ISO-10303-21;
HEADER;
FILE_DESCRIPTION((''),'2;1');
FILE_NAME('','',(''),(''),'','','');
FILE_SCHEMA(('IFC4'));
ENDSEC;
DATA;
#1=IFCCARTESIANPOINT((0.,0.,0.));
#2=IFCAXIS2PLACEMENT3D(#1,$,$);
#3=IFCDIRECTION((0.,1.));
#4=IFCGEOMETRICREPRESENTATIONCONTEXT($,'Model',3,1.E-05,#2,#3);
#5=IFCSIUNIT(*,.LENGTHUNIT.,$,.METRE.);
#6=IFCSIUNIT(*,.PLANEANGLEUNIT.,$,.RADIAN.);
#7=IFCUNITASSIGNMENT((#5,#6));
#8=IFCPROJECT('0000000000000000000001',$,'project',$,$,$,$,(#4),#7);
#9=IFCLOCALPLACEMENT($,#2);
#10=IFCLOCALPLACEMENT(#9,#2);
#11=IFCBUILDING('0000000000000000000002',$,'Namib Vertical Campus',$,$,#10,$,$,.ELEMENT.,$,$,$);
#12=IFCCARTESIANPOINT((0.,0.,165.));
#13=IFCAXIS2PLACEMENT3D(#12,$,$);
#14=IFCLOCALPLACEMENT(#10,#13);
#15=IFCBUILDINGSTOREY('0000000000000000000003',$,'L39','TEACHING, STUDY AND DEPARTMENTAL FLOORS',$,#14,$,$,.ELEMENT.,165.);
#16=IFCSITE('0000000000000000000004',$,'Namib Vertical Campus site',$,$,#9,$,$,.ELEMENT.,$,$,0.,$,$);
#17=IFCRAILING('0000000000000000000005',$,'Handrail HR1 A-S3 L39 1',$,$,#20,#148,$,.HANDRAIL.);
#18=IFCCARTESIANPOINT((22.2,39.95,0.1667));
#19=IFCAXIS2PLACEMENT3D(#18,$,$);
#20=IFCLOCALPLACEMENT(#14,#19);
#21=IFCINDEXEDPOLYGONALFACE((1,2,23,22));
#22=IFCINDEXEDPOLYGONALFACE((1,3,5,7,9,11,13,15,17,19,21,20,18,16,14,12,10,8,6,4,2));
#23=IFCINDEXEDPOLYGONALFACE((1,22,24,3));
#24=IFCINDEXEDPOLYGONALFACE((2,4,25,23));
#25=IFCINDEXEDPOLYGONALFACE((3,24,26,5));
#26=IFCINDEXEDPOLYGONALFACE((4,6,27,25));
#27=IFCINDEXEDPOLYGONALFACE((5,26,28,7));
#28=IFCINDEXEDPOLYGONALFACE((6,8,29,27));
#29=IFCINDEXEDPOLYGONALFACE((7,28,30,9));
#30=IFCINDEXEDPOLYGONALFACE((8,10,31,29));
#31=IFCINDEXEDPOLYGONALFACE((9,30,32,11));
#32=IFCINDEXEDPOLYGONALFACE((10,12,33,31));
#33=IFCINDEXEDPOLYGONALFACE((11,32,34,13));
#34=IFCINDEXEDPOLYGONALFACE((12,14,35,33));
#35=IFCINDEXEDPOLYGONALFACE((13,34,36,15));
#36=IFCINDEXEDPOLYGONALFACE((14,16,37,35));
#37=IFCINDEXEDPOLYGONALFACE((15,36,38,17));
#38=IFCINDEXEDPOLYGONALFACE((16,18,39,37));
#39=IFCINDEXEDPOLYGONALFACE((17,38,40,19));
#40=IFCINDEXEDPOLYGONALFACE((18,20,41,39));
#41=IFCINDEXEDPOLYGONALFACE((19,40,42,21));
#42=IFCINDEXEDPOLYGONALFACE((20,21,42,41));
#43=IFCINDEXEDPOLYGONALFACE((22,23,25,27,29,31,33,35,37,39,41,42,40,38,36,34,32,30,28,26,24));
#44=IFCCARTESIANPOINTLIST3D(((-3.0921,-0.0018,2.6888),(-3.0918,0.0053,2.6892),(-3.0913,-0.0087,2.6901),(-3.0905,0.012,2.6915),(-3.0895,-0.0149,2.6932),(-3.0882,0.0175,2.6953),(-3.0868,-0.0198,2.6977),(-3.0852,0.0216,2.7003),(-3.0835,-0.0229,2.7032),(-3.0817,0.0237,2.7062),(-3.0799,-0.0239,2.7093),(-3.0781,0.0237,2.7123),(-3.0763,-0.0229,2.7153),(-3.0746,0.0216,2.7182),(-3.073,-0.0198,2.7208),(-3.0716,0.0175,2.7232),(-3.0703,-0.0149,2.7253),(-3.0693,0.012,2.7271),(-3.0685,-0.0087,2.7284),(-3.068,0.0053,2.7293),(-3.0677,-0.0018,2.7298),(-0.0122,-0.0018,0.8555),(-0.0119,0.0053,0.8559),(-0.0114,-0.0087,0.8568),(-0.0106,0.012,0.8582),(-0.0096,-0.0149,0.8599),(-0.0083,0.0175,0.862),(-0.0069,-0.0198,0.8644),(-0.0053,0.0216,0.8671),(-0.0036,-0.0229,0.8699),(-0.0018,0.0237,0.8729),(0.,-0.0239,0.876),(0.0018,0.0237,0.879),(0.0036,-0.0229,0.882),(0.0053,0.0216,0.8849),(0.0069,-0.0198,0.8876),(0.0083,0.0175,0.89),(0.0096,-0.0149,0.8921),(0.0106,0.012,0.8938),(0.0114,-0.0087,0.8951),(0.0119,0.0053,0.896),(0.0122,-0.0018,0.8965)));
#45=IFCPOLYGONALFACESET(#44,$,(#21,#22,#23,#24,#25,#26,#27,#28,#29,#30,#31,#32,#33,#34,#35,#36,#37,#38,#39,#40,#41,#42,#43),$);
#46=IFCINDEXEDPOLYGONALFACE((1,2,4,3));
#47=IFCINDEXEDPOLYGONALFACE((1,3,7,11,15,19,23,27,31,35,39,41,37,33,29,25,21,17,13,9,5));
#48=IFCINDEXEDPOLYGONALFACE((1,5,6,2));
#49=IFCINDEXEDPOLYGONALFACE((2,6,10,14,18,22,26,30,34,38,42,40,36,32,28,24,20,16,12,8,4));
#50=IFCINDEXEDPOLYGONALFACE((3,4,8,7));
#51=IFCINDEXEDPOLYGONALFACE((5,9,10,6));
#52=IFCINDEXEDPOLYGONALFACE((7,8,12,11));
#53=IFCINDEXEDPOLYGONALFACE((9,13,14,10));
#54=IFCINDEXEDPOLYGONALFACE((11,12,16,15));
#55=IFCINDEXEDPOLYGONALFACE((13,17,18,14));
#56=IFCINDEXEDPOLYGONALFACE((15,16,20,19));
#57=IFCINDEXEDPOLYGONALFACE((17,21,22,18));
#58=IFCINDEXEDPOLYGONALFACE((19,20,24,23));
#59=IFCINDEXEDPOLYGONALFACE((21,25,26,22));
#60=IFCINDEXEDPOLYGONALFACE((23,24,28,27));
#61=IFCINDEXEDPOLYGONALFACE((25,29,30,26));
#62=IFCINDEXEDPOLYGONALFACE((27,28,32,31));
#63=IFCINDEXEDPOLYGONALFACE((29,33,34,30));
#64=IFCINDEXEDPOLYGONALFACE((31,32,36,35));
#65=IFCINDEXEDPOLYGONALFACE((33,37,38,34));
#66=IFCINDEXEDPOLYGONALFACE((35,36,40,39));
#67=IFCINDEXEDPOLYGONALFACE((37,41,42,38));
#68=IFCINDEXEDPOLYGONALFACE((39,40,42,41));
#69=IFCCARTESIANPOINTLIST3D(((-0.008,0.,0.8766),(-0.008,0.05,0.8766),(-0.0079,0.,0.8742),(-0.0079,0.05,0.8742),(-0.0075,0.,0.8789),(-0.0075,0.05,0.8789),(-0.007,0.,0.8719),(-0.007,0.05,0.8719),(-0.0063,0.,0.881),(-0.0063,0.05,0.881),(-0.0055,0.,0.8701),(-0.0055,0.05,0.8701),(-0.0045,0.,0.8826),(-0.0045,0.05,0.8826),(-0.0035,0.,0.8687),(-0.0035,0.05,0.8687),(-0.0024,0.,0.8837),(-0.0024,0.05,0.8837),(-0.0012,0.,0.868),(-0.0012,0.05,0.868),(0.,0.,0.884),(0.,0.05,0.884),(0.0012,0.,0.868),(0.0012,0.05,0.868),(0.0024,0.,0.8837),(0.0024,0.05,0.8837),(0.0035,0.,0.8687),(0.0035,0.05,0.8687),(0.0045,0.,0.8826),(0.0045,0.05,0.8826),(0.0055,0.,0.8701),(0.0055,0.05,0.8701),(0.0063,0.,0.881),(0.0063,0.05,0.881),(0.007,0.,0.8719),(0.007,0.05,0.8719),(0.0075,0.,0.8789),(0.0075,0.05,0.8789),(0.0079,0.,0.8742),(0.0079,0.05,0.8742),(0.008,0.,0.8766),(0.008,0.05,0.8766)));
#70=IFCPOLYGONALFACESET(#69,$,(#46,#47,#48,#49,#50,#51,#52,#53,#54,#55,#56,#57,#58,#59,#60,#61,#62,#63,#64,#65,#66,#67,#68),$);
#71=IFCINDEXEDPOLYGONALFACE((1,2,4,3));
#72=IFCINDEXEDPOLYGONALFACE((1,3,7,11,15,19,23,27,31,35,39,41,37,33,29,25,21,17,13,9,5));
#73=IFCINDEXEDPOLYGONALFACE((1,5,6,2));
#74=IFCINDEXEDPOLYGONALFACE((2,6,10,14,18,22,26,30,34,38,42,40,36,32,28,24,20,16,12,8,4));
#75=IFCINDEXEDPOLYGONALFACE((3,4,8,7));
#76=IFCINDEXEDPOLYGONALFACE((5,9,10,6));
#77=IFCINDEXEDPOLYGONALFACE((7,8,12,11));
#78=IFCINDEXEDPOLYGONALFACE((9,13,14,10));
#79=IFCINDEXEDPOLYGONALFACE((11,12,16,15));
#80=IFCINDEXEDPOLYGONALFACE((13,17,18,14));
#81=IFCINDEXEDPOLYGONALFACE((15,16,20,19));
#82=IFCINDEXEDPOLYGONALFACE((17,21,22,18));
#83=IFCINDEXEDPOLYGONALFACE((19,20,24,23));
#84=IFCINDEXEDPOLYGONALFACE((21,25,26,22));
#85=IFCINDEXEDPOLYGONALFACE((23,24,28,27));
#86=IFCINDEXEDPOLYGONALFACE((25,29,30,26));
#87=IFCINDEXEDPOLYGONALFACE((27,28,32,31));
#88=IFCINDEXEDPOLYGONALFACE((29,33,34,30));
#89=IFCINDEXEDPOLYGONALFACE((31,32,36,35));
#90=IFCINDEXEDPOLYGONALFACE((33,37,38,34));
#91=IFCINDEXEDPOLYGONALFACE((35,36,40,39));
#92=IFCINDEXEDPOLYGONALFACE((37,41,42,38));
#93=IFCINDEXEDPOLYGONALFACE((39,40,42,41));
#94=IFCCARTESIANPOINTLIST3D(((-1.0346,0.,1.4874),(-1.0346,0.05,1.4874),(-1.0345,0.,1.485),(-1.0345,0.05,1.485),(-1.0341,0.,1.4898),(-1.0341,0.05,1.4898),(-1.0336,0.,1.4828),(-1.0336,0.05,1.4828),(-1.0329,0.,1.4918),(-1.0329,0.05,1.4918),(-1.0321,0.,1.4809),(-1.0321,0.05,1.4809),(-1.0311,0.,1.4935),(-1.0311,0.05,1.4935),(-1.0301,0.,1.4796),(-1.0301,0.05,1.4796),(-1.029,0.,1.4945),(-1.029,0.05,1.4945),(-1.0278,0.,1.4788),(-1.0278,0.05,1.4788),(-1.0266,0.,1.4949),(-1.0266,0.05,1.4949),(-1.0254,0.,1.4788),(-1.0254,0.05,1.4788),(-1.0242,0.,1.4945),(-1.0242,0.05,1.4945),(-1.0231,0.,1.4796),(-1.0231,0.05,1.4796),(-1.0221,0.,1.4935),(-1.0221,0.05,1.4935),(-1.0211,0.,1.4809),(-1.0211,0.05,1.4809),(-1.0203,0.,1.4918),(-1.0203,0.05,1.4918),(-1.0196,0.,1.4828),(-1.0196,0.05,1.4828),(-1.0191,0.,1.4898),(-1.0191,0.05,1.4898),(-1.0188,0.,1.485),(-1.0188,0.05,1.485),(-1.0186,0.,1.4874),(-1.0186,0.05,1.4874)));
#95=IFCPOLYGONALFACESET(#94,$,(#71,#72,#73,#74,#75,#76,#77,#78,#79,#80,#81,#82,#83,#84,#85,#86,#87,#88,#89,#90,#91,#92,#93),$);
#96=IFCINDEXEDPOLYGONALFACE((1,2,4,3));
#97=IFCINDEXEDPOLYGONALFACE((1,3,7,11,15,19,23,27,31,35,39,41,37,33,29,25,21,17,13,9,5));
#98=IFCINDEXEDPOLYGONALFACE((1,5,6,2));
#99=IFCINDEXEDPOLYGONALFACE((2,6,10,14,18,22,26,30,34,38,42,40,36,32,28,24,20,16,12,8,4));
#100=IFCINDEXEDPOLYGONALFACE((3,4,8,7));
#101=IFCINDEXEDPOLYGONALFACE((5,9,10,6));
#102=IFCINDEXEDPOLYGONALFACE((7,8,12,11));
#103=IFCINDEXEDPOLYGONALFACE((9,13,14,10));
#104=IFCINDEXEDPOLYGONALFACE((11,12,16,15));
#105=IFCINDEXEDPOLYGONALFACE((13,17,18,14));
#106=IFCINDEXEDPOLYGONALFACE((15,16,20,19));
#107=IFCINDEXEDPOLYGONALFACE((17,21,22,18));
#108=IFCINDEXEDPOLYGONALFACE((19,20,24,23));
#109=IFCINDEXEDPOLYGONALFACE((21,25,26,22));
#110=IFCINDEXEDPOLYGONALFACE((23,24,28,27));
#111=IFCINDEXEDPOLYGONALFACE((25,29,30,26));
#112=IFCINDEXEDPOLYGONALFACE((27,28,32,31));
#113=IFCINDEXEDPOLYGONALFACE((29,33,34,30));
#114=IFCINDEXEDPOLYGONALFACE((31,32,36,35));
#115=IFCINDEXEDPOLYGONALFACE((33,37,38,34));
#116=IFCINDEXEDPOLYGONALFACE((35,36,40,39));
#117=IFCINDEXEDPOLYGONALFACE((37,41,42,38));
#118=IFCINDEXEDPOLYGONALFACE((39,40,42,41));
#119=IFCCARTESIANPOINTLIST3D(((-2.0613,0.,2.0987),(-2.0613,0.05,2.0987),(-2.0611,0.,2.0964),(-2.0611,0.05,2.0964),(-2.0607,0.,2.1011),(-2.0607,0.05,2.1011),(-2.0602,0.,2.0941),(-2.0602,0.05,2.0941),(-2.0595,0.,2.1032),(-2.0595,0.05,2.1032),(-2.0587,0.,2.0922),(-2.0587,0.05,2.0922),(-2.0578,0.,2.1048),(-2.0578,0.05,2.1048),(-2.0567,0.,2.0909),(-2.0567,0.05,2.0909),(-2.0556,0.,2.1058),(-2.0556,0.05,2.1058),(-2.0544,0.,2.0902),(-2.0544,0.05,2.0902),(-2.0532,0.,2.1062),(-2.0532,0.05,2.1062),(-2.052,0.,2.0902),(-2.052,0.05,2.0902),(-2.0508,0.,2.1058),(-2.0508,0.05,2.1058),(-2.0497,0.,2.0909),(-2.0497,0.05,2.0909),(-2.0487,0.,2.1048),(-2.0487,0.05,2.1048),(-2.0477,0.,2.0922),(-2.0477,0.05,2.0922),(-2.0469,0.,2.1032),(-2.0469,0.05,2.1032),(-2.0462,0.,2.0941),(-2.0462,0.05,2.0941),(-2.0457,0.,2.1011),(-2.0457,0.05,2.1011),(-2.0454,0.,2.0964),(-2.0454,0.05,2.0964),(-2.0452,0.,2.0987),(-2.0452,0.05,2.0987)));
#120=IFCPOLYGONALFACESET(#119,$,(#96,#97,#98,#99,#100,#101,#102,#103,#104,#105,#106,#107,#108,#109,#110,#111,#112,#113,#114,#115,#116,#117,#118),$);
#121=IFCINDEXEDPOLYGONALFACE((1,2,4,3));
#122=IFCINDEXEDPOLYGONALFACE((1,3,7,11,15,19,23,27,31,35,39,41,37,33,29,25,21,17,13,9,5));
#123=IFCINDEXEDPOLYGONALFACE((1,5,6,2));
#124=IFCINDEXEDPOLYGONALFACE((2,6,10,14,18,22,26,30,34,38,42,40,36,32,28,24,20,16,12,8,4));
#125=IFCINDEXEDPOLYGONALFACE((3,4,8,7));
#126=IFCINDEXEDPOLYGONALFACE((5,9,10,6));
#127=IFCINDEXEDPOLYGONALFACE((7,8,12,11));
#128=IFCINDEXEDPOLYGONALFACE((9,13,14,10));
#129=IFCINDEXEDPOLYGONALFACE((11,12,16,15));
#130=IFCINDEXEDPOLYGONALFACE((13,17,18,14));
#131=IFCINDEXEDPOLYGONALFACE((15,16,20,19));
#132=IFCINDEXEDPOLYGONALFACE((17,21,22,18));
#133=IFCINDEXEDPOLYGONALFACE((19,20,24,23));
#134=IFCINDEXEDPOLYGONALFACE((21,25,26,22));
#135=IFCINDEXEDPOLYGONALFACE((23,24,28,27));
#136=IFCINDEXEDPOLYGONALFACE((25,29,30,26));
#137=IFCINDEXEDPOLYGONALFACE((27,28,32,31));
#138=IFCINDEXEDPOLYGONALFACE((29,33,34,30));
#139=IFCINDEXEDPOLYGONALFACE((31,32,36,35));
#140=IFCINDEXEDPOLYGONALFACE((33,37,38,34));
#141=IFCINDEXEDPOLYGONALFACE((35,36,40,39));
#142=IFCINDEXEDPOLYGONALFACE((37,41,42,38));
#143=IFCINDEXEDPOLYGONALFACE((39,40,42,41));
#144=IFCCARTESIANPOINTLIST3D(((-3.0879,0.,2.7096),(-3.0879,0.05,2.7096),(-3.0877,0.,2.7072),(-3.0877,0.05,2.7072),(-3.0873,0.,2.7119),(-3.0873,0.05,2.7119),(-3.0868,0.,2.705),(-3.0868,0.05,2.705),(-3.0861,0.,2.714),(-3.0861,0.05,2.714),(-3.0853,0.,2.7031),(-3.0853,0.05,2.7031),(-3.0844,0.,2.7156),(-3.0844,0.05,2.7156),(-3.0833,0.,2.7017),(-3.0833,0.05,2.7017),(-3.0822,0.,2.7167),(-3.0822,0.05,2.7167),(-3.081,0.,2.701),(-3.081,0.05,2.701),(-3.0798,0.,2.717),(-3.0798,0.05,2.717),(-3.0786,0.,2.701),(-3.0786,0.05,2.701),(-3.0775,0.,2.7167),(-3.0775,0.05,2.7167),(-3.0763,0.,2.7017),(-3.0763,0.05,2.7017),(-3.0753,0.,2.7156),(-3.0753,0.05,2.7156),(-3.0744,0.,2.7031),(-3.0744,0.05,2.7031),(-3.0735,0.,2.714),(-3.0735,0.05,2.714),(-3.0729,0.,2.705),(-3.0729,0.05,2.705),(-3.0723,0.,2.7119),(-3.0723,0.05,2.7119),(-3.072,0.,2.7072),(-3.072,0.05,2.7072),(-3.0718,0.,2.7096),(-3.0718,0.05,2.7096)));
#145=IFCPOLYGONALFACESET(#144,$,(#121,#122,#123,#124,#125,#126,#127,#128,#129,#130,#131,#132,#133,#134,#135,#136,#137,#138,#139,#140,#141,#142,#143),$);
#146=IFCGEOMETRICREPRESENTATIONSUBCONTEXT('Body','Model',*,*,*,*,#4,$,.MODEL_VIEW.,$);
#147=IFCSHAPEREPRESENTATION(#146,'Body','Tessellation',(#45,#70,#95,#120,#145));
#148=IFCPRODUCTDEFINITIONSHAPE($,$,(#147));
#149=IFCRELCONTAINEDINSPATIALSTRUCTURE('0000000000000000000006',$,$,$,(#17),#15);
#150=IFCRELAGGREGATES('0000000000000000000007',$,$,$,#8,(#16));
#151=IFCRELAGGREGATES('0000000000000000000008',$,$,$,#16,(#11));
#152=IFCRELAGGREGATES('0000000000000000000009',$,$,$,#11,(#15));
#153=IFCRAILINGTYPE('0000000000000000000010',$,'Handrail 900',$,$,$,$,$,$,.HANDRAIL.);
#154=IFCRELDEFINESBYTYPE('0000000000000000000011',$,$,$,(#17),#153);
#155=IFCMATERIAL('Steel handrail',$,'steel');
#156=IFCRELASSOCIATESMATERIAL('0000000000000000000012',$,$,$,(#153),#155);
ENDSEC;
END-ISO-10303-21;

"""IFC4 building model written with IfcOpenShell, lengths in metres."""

from ifc_helpers import new_model, si_unit, direction, frame, origin, origin_2d, place, context, subcontext, project, spatial, circle, extrude, material, type_object, element, save


model = new_model("IFC4")

# Units and contexts
model_context = context("Model", 3, precision=1e-05, world=origin(), true_north=direction((0.0, 1.0)))
body_context = subcontext(model_context, "Body", "Model", "MODEL_VIEW")
ifc_project = project(units=[si_unit("LENGTHUNIT", "METRE"), si_unit("PLANEANGLEUNIT", "RADIAN")], contexts=[model_context])

# Site, building, storey
site_placement = place(None, origin())
site = spatial("IfcSite", under=ifc_project, at=site_placement, Name="Namib Vertical Campus site", CompositionType="ELEMENT", RefElevation=0.0)
building_placement = place(site_placement, origin())
building = spatial("IfcBuilding", under=site, at=building_placement, Name="Namib Vertical Campus", CompositionType="ELEMENT")
storey_placement = place(building_placement, frame((0.0, 0.0, 165.0)))
storey = spatial("IfcBuildingStorey", under=building, at=storey_placement, Name="L39", Description="TEACHING, STUDY AND DEPARTMENTAL FLOORS", CompositionType="ELEMENT", Elevation=165.0)

# Railing
ifc_material_1 = material(Name="Steel handrail", Category="steel")
railing_type_1 = type_object("IfcRailingType", Name="Handrail 900", PredefinedType="HANDRAIL", material=ifc_material_1)
railing_1_placement = place(storey_placement, frame((22.2, 39.95, 0.1667)))
element("IfcRailing", 1, at=railing_1_placement, inside=storey, type_object=railing_type_1, Name="Handrail HR1 A-S3 L39 1", PredefinedType="HANDRAIL", context=body_context, shape_type="SweptSolid", body=[
    extrude(circle(Radius=0.0239, at=origin_2d()), frame((0.0, 0.0, 0.876), z_axis=(-0.859291, 0.0, 0.511487), x_axis=(0.0, -1.0, 0.0)), (0.0, 0.0, 1.0), 3.5842),
    extrude(circle(Radius=0.0081, at=origin_2d()), frame((0.0, 0.0, 0.876), z_axis=(0.0, 1.0, 0.0), x_axis=(0.0, 0.0, 1.0)), (0.0, 0.0, 1.0), 0.05),
    extrude(circle(Radius=0.0081, at=origin_2d()), frame((-1.0266, 0.0, 1.4868), z_axis=(0.0, 1.0, 0.0), x_axis=(0.0, 0.0, 1.0)), (0.0, 0.0, 1.0), 0.05),
    extrude(circle(Radius=0.0081, at=origin_2d()), frame((-2.0532, 0.0, 2.0981), z_axis=(0.0, 1.0, 0.0), x_axis=(0.0, 0.0, 1.0)), (0.0, 0.0, 1.0), 0.05),
    extrude(circle(Radius=0.0081, at=origin_2d()), frame((-3.0798, 0.0, 2.709), z_axis=(0.0, 1.0, 0.0), x_axis=(0.0, 0.0, 1.0)), (0.0, 0.0, 1.0), 0.05),
])

save(model, "model.ifc")
